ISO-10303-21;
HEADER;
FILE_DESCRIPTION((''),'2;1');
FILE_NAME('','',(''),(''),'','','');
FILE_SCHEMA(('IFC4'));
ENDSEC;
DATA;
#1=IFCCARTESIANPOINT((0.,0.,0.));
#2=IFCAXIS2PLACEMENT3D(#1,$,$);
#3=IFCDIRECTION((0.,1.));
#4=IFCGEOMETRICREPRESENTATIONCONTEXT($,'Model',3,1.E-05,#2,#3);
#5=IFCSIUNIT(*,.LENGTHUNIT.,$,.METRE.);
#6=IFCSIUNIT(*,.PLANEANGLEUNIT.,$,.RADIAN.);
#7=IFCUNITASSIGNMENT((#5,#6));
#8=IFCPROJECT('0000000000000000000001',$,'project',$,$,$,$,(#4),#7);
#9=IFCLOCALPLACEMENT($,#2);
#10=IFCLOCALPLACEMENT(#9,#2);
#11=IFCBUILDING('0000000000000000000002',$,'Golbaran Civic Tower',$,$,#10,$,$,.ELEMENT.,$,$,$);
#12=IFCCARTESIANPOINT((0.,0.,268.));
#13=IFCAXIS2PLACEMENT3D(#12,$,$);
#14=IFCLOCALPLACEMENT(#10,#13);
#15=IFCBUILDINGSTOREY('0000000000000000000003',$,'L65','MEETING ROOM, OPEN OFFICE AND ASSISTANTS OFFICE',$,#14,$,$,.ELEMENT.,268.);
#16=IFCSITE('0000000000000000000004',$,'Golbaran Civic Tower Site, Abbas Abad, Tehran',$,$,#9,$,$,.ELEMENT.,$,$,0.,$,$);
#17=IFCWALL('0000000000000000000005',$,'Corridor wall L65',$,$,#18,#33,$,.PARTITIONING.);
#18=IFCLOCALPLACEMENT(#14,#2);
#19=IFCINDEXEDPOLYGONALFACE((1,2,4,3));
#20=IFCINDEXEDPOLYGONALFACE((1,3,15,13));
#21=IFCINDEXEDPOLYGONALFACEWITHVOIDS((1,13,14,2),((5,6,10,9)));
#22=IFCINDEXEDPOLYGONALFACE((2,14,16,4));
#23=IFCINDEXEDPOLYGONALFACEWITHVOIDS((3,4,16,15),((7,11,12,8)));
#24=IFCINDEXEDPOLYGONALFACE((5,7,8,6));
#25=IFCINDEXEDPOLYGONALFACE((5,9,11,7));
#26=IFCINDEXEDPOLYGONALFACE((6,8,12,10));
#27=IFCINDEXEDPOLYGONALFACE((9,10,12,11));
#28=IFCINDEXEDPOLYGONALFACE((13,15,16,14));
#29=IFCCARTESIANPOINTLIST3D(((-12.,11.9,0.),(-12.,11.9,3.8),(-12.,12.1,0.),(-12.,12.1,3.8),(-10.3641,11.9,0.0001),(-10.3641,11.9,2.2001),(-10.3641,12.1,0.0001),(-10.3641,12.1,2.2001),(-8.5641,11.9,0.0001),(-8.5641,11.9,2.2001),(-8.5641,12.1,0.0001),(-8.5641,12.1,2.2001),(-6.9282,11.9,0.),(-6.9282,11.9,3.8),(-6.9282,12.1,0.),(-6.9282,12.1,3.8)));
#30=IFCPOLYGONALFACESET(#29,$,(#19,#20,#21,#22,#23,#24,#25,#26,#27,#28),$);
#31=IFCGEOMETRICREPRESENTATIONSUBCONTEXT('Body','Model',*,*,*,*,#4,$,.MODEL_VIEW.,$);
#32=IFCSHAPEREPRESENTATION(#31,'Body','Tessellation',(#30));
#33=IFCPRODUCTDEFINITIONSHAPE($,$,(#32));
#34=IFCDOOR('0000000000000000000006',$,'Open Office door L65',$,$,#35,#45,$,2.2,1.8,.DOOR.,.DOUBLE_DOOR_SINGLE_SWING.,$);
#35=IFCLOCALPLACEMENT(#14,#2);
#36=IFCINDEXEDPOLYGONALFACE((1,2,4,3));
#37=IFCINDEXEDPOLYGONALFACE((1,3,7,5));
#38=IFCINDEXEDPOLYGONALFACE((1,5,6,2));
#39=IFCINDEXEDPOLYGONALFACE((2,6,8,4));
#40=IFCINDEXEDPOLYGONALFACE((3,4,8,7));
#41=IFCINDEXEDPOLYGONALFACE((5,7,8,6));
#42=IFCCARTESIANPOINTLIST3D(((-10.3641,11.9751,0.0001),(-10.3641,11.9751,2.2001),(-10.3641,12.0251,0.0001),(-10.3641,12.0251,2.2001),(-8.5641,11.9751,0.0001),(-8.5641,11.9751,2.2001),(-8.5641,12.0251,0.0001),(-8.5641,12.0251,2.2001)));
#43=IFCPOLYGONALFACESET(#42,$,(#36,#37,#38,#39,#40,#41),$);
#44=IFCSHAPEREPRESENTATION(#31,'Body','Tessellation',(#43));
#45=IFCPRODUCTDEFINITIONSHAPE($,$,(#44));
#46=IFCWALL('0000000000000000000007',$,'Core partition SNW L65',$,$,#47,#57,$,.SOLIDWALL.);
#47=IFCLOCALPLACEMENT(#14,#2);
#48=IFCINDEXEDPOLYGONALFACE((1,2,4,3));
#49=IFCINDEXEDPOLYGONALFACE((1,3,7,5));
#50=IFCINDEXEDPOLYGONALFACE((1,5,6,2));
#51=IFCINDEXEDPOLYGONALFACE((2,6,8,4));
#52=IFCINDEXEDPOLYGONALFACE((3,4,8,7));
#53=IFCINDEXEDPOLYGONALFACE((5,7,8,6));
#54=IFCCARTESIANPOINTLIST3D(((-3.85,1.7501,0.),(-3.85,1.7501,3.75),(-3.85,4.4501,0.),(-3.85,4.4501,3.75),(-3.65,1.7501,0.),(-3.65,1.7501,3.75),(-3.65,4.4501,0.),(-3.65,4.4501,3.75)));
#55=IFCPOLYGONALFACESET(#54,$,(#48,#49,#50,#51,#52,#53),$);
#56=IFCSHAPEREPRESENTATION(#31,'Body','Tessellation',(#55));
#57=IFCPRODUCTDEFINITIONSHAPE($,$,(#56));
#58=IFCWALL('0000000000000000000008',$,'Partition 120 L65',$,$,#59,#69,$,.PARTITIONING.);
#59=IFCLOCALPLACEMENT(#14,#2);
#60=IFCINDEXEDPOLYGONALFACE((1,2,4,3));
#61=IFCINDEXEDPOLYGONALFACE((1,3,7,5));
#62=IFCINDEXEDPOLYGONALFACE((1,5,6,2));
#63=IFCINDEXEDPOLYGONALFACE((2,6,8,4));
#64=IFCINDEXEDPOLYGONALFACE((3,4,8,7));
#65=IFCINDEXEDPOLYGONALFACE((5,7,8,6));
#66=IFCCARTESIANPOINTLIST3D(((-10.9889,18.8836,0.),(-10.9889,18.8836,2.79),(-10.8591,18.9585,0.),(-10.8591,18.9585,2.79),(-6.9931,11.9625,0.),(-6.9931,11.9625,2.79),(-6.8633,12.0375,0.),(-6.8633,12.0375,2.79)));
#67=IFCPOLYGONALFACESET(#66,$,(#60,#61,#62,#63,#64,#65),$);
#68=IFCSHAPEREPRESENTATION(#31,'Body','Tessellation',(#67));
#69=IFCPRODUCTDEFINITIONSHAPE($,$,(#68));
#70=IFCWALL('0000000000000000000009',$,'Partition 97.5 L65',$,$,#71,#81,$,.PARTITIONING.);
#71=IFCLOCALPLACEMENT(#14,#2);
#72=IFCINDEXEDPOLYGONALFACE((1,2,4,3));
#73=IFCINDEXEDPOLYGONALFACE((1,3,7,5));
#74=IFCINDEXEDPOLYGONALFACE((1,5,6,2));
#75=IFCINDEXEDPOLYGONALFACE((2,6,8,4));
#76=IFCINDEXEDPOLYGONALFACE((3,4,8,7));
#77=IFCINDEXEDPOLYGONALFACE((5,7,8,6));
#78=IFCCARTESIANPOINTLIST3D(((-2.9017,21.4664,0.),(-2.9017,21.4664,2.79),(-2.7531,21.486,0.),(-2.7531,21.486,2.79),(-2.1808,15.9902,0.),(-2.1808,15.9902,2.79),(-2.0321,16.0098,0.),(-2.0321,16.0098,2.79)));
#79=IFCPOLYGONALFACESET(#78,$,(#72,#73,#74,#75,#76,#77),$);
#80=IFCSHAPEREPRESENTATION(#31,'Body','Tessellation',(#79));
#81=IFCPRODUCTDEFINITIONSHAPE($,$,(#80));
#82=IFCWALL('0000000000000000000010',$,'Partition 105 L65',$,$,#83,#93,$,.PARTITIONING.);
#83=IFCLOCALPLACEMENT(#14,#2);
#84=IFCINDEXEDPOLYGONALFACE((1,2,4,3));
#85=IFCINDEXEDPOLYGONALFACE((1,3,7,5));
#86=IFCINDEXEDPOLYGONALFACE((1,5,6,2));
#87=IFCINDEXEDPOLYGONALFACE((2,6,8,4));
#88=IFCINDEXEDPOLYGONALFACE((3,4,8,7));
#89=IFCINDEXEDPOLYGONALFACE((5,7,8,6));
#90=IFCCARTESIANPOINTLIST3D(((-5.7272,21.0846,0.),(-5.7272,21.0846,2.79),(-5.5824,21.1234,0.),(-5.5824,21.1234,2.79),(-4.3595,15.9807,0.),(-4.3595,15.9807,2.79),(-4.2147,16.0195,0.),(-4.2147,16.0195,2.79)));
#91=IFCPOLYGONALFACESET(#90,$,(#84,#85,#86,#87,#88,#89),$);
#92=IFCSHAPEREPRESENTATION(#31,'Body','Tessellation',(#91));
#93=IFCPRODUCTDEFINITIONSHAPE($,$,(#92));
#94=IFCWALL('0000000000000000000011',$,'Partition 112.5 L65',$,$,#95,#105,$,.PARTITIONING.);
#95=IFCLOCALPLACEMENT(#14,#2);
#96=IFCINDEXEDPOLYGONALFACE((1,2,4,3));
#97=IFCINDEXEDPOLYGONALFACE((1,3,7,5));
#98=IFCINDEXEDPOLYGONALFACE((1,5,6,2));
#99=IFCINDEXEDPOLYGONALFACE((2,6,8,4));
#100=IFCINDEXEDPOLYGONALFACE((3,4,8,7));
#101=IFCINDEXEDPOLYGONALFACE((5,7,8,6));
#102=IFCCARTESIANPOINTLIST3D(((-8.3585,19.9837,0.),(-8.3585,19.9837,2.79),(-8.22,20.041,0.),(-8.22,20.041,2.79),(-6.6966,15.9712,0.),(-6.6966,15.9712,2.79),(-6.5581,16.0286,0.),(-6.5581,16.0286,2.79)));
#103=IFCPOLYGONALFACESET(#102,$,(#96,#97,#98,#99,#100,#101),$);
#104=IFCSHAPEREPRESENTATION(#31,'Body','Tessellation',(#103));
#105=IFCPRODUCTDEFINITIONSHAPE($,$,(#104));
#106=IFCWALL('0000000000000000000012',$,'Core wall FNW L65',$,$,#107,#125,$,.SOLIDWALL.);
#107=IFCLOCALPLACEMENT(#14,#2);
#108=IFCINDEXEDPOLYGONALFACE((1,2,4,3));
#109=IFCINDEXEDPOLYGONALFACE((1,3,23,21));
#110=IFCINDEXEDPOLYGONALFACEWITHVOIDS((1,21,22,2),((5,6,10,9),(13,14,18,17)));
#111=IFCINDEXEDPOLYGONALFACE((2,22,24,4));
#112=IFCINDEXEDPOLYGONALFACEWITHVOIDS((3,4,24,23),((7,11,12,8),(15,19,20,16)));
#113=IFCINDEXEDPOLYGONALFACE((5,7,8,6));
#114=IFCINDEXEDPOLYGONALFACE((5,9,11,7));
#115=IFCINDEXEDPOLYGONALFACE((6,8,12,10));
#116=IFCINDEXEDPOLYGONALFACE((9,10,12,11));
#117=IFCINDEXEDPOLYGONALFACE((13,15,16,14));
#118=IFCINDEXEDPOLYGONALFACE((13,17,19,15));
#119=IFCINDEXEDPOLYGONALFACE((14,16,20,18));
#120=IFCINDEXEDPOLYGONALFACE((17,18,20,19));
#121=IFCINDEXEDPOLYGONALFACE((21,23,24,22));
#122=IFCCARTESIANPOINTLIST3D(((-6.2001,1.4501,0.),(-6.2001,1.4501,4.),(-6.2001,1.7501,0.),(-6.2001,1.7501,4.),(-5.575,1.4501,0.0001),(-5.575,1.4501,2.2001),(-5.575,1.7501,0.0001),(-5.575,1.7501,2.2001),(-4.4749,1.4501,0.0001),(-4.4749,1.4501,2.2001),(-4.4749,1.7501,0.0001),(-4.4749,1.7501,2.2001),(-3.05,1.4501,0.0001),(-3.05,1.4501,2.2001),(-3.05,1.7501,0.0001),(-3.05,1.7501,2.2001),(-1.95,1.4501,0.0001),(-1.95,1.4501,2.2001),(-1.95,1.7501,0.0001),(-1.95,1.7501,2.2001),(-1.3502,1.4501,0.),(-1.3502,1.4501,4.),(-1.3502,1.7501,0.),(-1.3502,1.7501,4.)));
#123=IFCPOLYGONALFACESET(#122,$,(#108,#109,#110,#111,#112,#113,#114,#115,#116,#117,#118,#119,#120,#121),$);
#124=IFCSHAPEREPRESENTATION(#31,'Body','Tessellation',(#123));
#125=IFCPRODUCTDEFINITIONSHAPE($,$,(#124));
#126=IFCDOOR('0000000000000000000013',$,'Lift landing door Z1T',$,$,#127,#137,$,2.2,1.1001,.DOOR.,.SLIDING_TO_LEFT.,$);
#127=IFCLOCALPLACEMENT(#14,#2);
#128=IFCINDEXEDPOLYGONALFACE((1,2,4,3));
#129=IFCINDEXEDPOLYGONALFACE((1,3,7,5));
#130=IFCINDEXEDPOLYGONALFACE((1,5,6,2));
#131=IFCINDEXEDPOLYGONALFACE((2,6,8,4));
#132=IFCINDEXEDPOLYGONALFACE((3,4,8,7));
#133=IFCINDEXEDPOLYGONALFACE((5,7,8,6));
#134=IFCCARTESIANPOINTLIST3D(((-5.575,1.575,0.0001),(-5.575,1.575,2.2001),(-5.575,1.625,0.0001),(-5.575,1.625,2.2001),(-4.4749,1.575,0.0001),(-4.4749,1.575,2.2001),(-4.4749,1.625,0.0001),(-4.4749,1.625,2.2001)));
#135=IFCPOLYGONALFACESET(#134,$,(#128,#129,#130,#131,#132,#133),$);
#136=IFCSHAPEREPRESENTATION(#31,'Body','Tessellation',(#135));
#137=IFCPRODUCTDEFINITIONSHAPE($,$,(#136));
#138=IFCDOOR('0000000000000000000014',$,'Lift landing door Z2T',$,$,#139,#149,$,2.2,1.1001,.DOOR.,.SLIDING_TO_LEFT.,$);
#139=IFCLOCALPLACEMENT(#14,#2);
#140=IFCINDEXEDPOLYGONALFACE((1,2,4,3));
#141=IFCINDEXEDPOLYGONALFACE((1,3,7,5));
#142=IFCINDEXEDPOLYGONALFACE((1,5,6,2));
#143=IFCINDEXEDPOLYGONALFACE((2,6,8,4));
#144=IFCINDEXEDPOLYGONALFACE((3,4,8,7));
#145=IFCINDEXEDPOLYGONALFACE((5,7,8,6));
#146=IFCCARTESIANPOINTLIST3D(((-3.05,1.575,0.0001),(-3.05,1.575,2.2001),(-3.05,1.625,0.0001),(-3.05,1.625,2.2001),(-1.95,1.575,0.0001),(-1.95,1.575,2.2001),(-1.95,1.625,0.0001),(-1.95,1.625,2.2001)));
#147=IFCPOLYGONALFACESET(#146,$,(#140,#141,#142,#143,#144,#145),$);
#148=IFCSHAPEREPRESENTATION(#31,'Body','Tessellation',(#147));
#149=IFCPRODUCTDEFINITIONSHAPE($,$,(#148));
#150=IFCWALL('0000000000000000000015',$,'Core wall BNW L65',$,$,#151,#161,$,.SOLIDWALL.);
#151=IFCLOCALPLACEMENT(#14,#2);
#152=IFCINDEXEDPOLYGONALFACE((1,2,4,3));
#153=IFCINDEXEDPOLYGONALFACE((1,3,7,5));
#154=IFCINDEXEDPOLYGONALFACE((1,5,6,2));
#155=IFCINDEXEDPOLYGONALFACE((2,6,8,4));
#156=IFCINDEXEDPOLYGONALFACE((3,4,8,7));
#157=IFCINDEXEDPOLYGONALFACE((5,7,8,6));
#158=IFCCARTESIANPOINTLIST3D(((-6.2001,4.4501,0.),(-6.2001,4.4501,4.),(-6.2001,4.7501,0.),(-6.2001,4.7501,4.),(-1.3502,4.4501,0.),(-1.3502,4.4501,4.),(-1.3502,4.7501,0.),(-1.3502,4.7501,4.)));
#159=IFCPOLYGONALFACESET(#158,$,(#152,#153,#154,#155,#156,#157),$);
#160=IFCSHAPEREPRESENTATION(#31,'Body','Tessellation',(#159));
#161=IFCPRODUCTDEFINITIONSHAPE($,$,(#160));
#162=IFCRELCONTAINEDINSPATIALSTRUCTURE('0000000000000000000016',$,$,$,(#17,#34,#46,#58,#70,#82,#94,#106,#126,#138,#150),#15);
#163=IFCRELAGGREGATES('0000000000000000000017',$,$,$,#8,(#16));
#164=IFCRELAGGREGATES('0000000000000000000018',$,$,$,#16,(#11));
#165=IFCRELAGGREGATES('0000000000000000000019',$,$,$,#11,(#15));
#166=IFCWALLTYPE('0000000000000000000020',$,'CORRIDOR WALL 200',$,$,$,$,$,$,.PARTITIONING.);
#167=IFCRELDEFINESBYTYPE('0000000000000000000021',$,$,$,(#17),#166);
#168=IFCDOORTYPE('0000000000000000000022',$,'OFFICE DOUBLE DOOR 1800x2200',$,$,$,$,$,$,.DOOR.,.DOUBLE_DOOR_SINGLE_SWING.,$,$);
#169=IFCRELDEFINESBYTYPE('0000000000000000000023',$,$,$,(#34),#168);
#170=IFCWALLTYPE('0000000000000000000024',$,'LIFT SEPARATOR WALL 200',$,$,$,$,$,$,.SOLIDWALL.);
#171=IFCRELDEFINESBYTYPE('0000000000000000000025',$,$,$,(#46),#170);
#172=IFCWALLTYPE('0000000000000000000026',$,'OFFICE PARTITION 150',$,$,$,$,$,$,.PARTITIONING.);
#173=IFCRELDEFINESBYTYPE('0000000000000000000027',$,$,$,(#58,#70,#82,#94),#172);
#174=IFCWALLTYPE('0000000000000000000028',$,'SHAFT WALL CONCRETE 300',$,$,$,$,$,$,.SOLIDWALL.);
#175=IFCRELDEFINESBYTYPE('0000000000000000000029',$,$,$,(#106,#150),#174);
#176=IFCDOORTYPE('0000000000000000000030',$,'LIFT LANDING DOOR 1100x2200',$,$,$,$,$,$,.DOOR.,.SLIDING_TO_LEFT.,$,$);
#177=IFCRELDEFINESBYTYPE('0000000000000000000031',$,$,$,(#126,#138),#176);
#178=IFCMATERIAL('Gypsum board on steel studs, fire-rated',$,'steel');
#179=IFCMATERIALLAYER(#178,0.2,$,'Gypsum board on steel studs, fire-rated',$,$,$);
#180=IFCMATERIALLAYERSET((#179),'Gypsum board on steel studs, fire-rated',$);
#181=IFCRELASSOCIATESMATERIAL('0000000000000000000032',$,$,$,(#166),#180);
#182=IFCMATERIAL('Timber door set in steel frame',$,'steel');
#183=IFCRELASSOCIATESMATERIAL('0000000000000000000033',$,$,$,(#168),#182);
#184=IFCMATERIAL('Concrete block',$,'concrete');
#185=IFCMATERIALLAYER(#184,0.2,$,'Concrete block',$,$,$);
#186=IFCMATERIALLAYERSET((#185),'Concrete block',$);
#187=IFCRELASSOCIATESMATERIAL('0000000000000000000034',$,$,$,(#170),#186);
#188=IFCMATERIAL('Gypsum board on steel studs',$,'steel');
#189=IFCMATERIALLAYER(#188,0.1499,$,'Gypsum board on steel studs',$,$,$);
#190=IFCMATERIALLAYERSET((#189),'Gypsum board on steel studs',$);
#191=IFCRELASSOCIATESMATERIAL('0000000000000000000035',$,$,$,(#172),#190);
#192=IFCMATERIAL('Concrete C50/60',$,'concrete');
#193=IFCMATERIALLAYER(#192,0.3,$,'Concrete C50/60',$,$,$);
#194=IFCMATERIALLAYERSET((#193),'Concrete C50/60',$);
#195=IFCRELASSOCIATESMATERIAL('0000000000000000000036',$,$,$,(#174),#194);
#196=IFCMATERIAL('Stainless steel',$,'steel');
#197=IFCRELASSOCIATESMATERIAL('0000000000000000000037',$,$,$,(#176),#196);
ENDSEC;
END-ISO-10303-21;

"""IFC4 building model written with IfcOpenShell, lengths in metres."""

from ifc_helpers import new_model, si_unit, direction, frame, frame_2d, origin, place, context, subcontext, project, spatial, rectangle, extrude, material, layer, layer_set, type_object, element, fill, save


model = new_model("IFC4")

# Units and contexts
model_context = context("Model", 3, precision=1e-05, world=origin(), true_north=direction((0.0, 1.0)))
body_context = subcontext(model_context, "Body", "Model", "MODEL_VIEW")
ifc_project = project(units=[si_unit("LENGTHUNIT", "METRE"), si_unit("PLANEANGLEUNIT", "RADIAN")], contexts=[model_context])

# Site, building, storey
site_placement = place(None, origin())
site = spatial("IfcSite", under=ifc_project, at=site_placement, Name="Golbaran Civic Tower Site, Abbas Abad, Tehran", CompositionType="ELEMENT", RefElevation=0.0)
building_placement = place(site_placement, origin())
building = spatial("IfcBuilding", under=site, at=building_placement, Name="Golbaran Civic Tower", CompositionType="ELEMENT")
storey_placement = place(building_placement, frame((0.0, 0.0, 268.0)))
storey = spatial("IfcBuildingStorey", under=building, at=storey_placement, Name="L65", Description="MEETING ROOM, OPEN OFFICE AND ASSISTANTS OFFICE", CompositionType="ELEMENT", Elevation=268.0)

# Wall, opening, door
ifc_material_1 = material(Name="Gypsum board on steel studs, fire-rated", Category="steel")
ifc_layer_1 = layer(ifc_material_1, 0.2, Name="Gypsum board on steel studs, fire-rated")
ifc_layer_set_1 = layer_set([ifc_layer_1], Name="Gypsum board on steel studs, fire-rated")
wall_type_1 = type_object("IfcWallType", Name="CORRIDOR WALL 200", PredefinedType="PARTITIONING", material=ifc_layer_set_1)
wall_1_placement = place(storey_placement, frame((-6.9282, 12.0, 0.0), z_axis=(0.0, 0.0, 1.0), x_axis=(-1.0, 0.0, 0.0)))
wall_1 = element("IfcWall", 1, at=wall_1_placement, inside=storey, type_object=wall_type_1, Name="Corridor wall L65", PredefinedType="PARTITIONING", context=body_context, shape_type="SweptSolid", body=[
    extrude(rectangle(XDim=5.0718, YDim=0.2, at=frame_2d((2.5359, 0.0))), origin(), (0.0, 0.0, 1.0), 3.8),
])
opening_1_placement = place(wall_1_placement, frame((1.636, 0.0, 0.0)))
opening_1 = element("IfcOpeningElement", 2, at=opening_1_placement, cuts=wall_1, PredefinedType="OPENING", context=body_context, shape_type="SweptSolid", body=[
    extrude(rectangle(XDim=1.8, YDim=2.2, at=frame_2d((0.8999, 1.1001))), frame((0.0, 0.1099, 0.0), z_axis=(0.0, -1.0, 0.0), x_axis=(1.0, 0.0, 0.0)), (0.0, 0.0, 1.0), 0.22),
])
ifc_material_2 = material(Name="Timber door set in steel frame", Category="steel")
door_type_1 = type_object("IfcDoorType", Name="OFFICE DOUBLE DOOR 1800x2200", OperationType="DOUBLE_DOOR_SINGLE_SWING", PredefinedType="DOOR", material=ifc_material_2)
door_1_placement = place(opening_1_placement, origin())
door_1 = element("IfcDoor", 3, at=door_1_placement, inside=storey, type_object=door_type_1, Name="Open Office door L65", OperationType="DOUBLE_DOOR_SINGLE_SWING", OverallHeight=2.2, OverallWidth=1.8, PredefinedType="DOOR", context=body_context, shape_type="SweptSolid", body=[
    extrude(rectangle(XDim=1.8, YDim=2.2, at=frame_2d((0.8999, 1.1001))), frame((0.0, 0.0249, 0.0), z_axis=(0.0, -1.0, 0.0), x_axis=(1.0, 0.0, 0.0)), (0.0, 0.0, 1.0), 0.05),
])
fill(opening_1, door_1)

# Walls
ifc_material_3 = material(Name="Concrete block", Category="concrete")
ifc_layer_2 = layer(ifc_material_3, 0.2, Name="Concrete block")
ifc_layer_set_2 = layer_set([ifc_layer_2], Name="Concrete block")
wall_type_2 = type_object("IfcWallType", Name="LIFT SEPARATOR WALL 200", PredefinedType="SOLIDWALL", material=ifc_layer_set_2)
wall_2_placement = place(storey_placement, frame((-3.75, 1.75, 0.0), z_axis=(0.0, 0.0, 1.0), x_axis=(0.0, 1.0, 0.0)))
element("IfcWall", 4, at=wall_2_placement, inside=storey, type_object=wall_type_2, Name="Core partition SNW L65", PredefinedType="SOLIDWALL", context=body_context, shape_type="SweptSolid", body=[
    extrude(rectangle(XDim=2.7, YDim=0.2, at=frame_2d((1.3501, 0.0))), origin(), (0.0, 0.0, 1.0), 3.75),
])
ifc_material_4 = material(Name="Gypsum board on steel studs", Category="steel")
ifc_layer_3 = layer(ifc_material_4, 0.1499, Name="Gypsum board on steel studs")
ifc_layer_set_3 = layer_set([ifc_layer_3], Name="Gypsum board on steel studs")
wall_type_3 = type_object("IfcWallType", Name="OFFICE PARTITION 150", PredefinedType="PARTITIONING", material=ifc_layer_set_3)
wall_3_placement = place(storey_placement, frame((-6.9282, 12.0, 0.0), z_axis=(0.0, 0.0, 1.0), x_axis=(-0.499993, 0.866029, 0.0)))
element("IfcWall", 5, at=wall_3_placement, inside=storey, type_object=wall_type_3, Name="Partition 120 L65", PredefinedType="PARTITIONING", context=body_context, shape_type="SweptSolid", body=[
    extrude(rectangle(XDim=7.9917, YDim=0.1499, at=frame_2d((3.9958, 0.0))), origin(), (0.0, 0.0, 1.0), 2.79),
])
wall_4_placement = place(storey_placement, frame((-2.1064, 16.0, 0.0), z_axis=(0.0, 0.0, 1.0), x_axis=(-0.130528, 0.991445, 0.0)))
element("IfcWall", 6, at=wall_4_placement, inside=storey, type_object=wall_type_3, Name="Partition 97.5 L65", PredefinedType="PARTITIONING", context=body_context, shape_type="SweptSolid", body=[
    extrude(rectangle(XDim=5.5234, YDim=0.1499, at=frame_2d((2.7617, 0.0))), origin(), (0.0, 0.0, 1.0), 2.79),
])
wall_5_placement = place(storey_placement, frame((-4.2871, 16.0, 0.0), z_axis=(0.0, 0.0, 1.0), x_axis=(-0.258842, 0.96592, 0.0)))
element("IfcWall", 7, at=wall_5_placement, inside=storey, type_object=wall_type_3, Name="Partition 105 L65", PredefinedType="PARTITIONING", context=body_context, shape_type="SweptSolid", body=[
    extrude(rectangle(XDim=5.2839, YDim=0.1499, at=frame_2d((2.6421, 0.0))), origin(), (0.0, 0.0, 1.0), 2.79),
])
wall_6_placement = place(storey_placement, frame((-6.6274, 16.0, 0.0), z_axis=(0.0, 0.0, 1.0), x_axis=(-0.382655, 0.923891, 0.0)))
element("IfcWall", 8, at=wall_6_placement, inside=storey, type_object=wall_type_3, Name="Partition 112.5 L65", PredefinedType="PARTITIONING", context=body_context, shape_type="SweptSolid", body=[
    extrude(rectangle(XDim=4.343, YDim=0.1499, at=frame_2d((2.1714, 0.0))), origin(), (0.0, 0.0, 1.0), 2.79),
])

# Wall, openings, doors
ifc_material_5 = material(Name="Concrete C50/60", Category="concrete")
ifc_layer_4 = layer(ifc_material_5, 0.3, Name="Concrete C50/60")
ifc_layer_set_4 = layer_set([ifc_layer_4], Name="Concrete C50/60")
wall_type_4 = type_object("IfcWallType", Name="SHAFT WALL CONCRETE 300", PredefinedType="SOLIDWALL", material=ifc_layer_set_4)
wall_7_placement = place(storey_placement, frame((-6.2, 1.6001, 0.0), z_axis=(0.0, 0.0, 1.0), x_axis=(1.0, 0.0, 0.0)))
wall_7 = element("IfcWall", 9, at=wall_7_placement, inside=storey, type_object=wall_type_4, Name="Core wall FNW L65", PredefinedType="SOLIDWALL", context=body_context, shape_type="SweptSolid", body=[
    extrude(rectangle(XDim=4.8499, YDim=0.3, at=frame_2d((2.4248, 0.0))), origin(), (0.0, 0.0, 1.0), 4.0),
])
opening_2_placement = place(wall_7_placement, frame((0.625, 0.0, 0.0)))
opening_2 = element("IfcOpeningElement", 10, at=opening_2_placement, cuts=wall_7, PredefinedType="OPENING", context=body_context, shape_type="SweptSolid", body=[
    extrude(rectangle(XDim=1.1001, YDim=2.2, at=frame_2d((0.55, 1.1001))), frame((0.0, 0.1599, 0.0), z_axis=(0.0, -1.0, 0.0), x_axis=(1.0, 0.0, 0.0)), (0.0, 0.0, 1.0), 0.3201),
])
opening_3_placement = place(wall_7_placement, frame((3.1499, 0.0, 0.0)))
opening_3 = element("IfcOpeningElement", 11, at=opening_3_placement, cuts=wall_7, PredefinedType="OPENING", context=body_context, shape_type="SweptSolid", body=[
    extrude(rectangle(XDim=1.1001, YDim=2.2, at=frame_2d((0.55, 1.1001))), frame((0.0, 0.1599, 0.0), z_axis=(0.0, -1.0, 0.0), x_axis=(1.0, 0.0, 0.0)), (0.0, 0.0, 1.0), 0.3201),
])
ifc_material_6 = material(Name="Stainless steel", Category="steel")
door_type_2 = type_object("IfcDoorType", Name="LIFT LANDING DOOR 1100x2200", OperationType="SLIDING_TO_LEFT", PredefinedType="DOOR", material=ifc_material_6)
door_2_placement = place(opening_2_placement, origin())
door_2 = element("IfcDoor", 12, at=door_2_placement, inside=storey, type_object=door_type_2, Name="Lift landing door Z1T", OperationType="SLIDING_TO_LEFT", OverallHeight=2.2, OverallWidth=1.1001, PredefinedType="DOOR", context=body_context, shape_type="SweptSolid", body=[
    extrude(rectangle(XDim=1.1001, YDim=2.2, at=frame_2d((0.55, 1.1001))), frame((0.0, 0.0249, 0.0), z_axis=(0.0, -1.0, 0.0), x_axis=(1.0, 0.0, 0.0)), (0.0, 0.0, 1.0), 0.05),
])
fill(opening_2, door_2)
door_3_placement = place(opening_3_placement, origin())
door_3 = element("IfcDoor", 13, at=door_3_placement, inside=storey, type_object=door_type_2, Name="Lift landing door Z2T", OperationType="SLIDING_TO_LEFT", OverallHeight=2.2, OverallWidth=1.1001, PredefinedType="DOOR", context=body_context, shape_type="SweptSolid", body=[
    extrude(rectangle(XDim=1.1001, YDim=2.2, at=frame_2d((0.55, 1.1001))), frame((0.0, 0.0249, 0.0), z_axis=(0.0, -1.0, 0.0), x_axis=(1.0, 0.0, 0.0)), (0.0, 0.0, 1.0), 0.05),
])
fill(opening_3, door_3)

# Wall
wall_8_placement = place(storey_placement, frame((-6.2, 4.6001, 0.0), z_axis=(0.0, 0.0, 1.0), x_axis=(1.0, 0.0, 0.0)))
element("IfcWall", 14, at=wall_8_placement, inside=storey, type_object=wall_type_4, Name="Core wall BNW L65", PredefinedType="SOLIDWALL", context=body_context, shape_type="SweptSolid", body=[
    extrude(rectangle(XDim=4.8499, YDim=0.3, at=frame_2d((2.4248, 0.0))), origin(), (0.0, 0.0, 1.0), 4.0),
])

save(model, "model.ifc")
